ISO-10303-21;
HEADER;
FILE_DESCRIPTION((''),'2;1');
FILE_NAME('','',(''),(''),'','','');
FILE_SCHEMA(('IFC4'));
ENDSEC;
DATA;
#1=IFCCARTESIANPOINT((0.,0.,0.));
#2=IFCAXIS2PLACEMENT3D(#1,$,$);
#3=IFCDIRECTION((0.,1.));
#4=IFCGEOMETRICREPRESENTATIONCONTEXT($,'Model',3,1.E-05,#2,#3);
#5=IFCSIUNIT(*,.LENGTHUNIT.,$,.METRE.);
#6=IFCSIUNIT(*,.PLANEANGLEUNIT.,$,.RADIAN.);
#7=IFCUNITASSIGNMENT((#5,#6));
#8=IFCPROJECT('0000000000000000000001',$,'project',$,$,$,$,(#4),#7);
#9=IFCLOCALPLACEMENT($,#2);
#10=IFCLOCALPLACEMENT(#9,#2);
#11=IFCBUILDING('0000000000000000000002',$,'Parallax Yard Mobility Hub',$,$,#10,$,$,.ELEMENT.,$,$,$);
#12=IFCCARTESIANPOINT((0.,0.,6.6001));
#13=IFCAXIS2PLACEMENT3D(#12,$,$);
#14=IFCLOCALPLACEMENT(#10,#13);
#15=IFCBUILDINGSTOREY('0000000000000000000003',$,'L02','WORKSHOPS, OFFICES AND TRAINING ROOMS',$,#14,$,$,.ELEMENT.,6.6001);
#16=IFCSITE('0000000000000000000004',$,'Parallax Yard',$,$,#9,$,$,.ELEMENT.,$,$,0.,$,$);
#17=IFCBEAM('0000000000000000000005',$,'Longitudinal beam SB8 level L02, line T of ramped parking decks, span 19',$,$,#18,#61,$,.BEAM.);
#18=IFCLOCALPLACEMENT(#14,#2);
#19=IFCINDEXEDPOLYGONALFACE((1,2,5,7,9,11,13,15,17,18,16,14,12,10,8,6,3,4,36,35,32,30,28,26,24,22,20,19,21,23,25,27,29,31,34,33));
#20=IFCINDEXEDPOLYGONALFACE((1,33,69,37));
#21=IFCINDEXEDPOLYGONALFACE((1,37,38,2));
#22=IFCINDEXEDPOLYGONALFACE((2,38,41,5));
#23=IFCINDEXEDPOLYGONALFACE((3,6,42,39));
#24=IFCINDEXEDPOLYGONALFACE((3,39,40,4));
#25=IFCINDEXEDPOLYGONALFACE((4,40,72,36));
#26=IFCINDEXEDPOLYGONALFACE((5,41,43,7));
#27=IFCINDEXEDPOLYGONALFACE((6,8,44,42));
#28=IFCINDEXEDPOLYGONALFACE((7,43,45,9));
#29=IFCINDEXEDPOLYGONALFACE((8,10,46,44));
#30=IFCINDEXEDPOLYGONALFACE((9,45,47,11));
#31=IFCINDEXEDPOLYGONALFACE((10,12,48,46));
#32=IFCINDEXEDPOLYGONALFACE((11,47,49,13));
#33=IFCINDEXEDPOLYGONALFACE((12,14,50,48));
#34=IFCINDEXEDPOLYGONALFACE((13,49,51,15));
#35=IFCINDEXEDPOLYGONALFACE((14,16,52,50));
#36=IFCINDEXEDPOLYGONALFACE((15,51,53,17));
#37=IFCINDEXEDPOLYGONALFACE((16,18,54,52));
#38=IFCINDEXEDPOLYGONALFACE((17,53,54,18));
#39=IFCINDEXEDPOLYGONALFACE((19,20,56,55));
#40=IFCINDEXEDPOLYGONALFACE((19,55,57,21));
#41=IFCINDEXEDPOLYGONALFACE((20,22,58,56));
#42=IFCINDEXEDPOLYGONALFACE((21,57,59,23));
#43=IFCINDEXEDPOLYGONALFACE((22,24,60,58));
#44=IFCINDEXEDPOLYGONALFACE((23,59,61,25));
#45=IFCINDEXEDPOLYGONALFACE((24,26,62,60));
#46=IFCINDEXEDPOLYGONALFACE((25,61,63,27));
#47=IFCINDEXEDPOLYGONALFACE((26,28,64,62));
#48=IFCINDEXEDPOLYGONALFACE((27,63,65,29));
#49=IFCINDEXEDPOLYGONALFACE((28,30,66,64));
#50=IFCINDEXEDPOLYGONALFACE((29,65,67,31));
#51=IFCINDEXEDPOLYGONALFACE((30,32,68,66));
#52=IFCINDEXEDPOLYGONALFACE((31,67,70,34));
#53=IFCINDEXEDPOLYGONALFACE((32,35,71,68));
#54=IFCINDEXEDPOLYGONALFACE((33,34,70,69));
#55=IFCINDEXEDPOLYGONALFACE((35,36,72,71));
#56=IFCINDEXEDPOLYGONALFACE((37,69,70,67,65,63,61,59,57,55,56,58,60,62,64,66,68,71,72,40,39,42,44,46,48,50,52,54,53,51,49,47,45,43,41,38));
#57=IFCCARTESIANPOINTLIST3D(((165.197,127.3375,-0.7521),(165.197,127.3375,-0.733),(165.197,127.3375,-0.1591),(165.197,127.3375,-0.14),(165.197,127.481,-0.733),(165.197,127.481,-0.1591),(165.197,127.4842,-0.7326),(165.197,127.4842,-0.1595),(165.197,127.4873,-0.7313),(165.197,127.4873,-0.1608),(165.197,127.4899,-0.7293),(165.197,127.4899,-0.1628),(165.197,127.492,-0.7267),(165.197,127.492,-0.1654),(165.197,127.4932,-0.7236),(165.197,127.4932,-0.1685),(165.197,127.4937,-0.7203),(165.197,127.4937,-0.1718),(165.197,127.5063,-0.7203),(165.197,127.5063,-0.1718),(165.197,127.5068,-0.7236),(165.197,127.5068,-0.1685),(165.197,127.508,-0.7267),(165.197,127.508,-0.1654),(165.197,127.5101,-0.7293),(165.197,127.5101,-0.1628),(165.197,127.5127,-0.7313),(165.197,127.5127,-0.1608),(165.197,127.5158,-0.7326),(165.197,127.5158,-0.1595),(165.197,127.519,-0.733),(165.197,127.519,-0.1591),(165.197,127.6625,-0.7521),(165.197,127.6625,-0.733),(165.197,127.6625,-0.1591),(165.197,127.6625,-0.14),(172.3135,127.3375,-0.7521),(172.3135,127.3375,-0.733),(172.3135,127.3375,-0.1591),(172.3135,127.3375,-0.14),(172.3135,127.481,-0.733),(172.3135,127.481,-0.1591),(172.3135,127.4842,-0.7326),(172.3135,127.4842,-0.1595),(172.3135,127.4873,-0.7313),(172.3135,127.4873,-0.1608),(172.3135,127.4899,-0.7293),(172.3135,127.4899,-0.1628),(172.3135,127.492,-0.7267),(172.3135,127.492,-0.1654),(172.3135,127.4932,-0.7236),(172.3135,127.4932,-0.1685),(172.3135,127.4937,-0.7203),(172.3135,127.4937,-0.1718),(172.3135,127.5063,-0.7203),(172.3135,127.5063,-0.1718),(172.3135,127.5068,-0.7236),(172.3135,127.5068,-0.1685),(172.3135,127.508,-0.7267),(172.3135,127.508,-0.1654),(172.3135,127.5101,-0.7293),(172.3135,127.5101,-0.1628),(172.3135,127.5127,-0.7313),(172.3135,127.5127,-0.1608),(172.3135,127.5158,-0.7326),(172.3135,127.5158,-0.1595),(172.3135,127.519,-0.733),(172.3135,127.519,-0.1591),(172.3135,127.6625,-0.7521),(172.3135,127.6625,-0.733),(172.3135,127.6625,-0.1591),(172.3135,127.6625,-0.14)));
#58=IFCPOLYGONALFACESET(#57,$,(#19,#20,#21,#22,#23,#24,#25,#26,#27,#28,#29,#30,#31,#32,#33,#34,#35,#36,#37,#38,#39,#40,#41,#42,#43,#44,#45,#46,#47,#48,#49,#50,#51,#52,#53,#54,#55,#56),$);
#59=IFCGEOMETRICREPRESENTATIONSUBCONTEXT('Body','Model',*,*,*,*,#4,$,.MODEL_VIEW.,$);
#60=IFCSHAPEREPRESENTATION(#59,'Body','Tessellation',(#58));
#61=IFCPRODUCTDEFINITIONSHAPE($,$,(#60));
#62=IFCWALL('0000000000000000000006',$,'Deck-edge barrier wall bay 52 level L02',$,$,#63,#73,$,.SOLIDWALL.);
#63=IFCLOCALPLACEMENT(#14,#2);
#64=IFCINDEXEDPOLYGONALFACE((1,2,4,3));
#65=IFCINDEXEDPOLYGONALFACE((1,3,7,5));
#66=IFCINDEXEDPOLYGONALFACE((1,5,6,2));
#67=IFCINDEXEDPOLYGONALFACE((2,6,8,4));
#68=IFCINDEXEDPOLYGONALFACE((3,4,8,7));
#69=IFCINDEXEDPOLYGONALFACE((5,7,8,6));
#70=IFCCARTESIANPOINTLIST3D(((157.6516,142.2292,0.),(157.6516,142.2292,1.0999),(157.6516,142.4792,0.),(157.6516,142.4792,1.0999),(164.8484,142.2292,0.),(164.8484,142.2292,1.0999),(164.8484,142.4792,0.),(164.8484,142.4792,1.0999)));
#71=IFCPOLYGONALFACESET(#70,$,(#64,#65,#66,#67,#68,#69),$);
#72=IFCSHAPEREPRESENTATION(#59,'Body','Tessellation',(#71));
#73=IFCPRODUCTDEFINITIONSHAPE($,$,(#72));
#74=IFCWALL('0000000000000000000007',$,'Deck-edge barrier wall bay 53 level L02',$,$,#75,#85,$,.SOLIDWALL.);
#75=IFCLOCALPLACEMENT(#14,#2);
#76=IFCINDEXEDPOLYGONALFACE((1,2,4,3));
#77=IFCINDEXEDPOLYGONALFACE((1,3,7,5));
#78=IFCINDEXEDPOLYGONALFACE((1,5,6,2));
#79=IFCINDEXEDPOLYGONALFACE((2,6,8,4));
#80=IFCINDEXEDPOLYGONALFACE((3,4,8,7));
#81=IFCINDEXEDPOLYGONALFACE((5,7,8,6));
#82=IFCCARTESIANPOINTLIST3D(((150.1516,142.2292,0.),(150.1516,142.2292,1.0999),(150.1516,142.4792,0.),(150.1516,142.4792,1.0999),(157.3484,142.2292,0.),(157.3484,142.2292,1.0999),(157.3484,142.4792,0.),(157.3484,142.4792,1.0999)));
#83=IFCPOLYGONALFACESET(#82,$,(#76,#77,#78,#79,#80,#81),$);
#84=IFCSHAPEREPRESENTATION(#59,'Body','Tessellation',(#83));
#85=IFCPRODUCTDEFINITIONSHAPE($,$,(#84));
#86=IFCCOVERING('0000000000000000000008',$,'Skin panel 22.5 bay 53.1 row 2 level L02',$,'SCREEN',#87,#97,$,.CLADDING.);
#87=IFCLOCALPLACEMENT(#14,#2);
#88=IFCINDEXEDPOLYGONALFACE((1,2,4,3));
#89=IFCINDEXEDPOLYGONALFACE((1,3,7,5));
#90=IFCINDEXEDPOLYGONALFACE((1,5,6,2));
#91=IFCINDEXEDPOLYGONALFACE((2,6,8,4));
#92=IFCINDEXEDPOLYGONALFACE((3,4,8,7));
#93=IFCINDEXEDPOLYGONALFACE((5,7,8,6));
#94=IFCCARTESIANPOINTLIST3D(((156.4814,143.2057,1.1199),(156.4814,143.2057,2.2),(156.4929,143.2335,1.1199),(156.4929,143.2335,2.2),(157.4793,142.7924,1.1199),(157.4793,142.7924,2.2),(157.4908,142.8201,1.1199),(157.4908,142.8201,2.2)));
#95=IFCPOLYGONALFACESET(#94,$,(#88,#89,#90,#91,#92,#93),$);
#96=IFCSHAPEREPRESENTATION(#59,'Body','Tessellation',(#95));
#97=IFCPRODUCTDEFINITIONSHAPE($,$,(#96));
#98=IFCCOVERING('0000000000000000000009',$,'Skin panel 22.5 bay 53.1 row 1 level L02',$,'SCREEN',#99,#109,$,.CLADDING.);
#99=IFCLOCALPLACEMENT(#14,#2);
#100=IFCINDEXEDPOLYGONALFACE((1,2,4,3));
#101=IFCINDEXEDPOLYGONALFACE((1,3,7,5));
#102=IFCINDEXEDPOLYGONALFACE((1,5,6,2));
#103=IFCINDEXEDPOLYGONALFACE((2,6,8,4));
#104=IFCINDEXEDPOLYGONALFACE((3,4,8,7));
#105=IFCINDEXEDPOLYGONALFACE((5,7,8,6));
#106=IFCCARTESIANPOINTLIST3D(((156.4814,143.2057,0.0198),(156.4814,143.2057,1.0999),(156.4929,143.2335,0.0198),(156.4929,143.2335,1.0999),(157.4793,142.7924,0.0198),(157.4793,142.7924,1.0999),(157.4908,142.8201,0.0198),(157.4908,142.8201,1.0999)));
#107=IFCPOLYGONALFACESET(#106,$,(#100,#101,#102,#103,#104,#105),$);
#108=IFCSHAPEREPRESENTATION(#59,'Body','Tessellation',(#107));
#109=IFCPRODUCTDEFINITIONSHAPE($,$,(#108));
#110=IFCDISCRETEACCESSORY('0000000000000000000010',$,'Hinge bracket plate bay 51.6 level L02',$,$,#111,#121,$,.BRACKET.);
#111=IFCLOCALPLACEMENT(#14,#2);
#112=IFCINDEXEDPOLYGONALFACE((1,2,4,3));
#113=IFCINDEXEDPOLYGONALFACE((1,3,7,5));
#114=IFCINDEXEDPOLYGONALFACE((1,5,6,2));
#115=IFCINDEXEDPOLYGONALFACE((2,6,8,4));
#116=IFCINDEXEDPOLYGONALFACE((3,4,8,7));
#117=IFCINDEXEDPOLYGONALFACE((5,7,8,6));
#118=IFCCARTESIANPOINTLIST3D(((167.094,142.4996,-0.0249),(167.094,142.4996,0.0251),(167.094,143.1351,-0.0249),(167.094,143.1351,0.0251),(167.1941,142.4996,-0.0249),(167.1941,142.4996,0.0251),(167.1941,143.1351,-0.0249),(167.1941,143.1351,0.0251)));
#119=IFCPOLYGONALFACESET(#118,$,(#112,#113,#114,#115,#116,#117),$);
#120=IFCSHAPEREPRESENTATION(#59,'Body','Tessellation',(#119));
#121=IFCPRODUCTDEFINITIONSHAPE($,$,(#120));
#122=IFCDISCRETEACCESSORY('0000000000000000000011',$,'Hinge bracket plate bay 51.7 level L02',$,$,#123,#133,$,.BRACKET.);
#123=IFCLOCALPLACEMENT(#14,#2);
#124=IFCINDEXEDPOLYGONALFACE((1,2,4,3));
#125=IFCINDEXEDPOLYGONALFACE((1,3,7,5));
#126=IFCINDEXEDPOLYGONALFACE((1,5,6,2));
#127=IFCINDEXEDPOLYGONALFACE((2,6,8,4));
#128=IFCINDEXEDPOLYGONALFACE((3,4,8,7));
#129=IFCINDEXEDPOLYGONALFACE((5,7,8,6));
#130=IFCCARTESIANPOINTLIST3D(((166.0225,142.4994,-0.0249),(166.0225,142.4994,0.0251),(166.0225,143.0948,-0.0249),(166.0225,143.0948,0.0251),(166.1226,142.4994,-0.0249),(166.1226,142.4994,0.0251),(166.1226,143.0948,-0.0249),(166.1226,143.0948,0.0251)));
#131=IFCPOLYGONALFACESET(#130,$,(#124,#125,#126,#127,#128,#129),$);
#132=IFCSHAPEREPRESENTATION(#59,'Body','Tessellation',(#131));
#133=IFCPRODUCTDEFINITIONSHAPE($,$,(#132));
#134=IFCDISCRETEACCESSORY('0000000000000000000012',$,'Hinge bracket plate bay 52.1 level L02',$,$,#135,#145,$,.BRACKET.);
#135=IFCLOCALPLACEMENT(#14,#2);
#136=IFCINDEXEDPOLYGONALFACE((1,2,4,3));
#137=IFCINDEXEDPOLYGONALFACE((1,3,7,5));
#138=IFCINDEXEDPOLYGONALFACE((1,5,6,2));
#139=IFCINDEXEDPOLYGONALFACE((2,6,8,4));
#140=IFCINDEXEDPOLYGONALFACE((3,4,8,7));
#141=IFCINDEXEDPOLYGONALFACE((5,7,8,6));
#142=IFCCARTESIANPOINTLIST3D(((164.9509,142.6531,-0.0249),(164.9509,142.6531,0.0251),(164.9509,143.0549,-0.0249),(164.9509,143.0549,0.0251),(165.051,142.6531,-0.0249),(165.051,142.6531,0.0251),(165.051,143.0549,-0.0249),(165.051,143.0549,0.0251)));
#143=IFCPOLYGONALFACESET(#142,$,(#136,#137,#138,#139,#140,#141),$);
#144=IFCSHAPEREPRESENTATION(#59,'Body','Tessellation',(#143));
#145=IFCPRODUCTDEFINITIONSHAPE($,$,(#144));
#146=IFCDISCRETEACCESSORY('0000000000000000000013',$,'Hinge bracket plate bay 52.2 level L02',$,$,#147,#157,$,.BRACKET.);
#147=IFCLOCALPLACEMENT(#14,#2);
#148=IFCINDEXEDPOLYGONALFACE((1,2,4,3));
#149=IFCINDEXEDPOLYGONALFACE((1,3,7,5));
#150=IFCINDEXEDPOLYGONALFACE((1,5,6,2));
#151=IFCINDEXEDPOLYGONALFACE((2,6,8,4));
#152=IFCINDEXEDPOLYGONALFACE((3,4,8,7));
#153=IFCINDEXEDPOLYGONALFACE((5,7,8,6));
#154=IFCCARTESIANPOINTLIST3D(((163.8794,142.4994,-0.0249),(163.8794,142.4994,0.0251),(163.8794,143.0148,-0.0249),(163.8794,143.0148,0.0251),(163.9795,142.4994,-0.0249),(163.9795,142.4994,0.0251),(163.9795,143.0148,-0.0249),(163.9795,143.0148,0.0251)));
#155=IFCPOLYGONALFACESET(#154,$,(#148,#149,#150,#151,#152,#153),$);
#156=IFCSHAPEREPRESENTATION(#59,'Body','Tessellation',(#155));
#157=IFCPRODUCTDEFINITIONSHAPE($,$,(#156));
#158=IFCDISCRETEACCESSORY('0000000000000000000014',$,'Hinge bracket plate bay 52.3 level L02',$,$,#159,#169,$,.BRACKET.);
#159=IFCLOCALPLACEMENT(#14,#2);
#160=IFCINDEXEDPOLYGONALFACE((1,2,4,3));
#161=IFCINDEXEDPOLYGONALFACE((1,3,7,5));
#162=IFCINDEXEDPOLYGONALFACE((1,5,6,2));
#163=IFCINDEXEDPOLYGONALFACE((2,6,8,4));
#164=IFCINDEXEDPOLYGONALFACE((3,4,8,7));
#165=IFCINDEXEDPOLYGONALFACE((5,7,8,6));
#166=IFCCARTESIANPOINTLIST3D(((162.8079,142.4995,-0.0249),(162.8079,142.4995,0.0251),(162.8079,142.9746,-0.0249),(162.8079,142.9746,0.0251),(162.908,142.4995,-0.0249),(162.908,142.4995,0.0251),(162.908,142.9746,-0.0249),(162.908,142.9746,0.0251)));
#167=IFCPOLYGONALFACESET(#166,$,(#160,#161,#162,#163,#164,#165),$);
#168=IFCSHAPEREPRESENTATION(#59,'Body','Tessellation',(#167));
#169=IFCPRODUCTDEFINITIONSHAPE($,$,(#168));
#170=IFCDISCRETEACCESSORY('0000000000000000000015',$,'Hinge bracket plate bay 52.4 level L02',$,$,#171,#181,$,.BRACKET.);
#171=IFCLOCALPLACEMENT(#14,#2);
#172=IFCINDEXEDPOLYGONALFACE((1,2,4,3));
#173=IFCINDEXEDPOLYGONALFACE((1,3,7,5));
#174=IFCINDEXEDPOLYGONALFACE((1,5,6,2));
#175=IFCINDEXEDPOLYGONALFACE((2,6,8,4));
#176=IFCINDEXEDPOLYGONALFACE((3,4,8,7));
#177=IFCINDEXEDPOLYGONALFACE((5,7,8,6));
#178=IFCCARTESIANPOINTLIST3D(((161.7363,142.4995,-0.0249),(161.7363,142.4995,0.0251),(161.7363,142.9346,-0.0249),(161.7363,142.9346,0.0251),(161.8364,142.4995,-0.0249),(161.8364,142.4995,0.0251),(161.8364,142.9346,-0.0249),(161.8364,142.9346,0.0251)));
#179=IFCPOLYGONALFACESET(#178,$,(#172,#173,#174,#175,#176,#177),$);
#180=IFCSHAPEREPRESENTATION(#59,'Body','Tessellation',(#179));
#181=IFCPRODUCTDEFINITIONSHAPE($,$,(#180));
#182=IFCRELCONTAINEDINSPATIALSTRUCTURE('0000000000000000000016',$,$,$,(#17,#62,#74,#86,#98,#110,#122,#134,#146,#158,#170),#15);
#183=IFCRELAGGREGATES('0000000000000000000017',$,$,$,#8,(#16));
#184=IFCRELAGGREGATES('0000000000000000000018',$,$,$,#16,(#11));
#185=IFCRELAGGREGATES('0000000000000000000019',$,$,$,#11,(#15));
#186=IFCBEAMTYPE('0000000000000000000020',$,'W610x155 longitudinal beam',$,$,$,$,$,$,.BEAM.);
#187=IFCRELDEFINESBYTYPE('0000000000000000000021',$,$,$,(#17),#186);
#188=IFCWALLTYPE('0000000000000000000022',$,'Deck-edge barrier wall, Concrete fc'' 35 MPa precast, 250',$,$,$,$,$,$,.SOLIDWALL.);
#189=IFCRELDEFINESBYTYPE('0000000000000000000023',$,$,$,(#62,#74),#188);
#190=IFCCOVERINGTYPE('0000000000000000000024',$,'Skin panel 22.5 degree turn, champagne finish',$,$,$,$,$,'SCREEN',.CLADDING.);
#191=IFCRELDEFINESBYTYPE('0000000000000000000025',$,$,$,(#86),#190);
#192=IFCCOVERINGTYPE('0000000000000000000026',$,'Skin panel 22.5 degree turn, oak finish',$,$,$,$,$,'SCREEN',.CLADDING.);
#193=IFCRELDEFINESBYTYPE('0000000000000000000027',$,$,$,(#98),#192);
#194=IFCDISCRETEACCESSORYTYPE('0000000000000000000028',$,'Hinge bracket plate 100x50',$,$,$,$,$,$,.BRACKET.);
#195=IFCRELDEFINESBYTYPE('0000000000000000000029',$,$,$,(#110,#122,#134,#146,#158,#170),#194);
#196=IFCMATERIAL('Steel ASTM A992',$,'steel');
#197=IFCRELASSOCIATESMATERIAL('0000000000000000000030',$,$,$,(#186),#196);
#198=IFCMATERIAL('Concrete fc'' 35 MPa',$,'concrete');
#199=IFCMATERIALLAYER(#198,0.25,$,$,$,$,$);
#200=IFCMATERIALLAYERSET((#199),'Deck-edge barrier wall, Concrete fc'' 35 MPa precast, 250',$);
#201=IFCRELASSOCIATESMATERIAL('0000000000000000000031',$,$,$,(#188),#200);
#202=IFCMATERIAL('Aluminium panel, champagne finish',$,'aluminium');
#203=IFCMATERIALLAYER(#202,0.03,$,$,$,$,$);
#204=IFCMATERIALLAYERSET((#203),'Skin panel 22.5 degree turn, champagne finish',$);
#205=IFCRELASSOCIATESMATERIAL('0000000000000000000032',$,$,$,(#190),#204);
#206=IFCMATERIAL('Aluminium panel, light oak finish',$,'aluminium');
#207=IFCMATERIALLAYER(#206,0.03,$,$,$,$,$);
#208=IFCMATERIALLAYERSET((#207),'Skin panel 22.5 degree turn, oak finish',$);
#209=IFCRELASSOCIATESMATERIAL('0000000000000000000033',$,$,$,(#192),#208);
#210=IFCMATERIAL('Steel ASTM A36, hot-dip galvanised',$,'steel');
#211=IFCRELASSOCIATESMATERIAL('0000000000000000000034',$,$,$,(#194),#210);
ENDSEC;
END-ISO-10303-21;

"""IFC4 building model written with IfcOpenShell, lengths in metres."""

from ifc_helpers import new_model, si_unit, direction, frame, frame_2d, origin, origin_2d, place, context, subcontext, project, spatial, rectangle, i_section, extrude, material, layer, layer_set, material_profile, profile_set, type_object, element, save


model = new_model("IFC4")

# Units and contexts
model_context = context("Model", 3, precision=1e-05, world=origin(), true_north=direction((0.0, 1.0)))
body_context = subcontext(model_context, "Body", "Model", "MODEL_VIEW")
ifc_project = project(units=[si_unit("LENGTHUNIT", "METRE"), si_unit("PLANEANGLEUNIT", "RADIAN")], contexts=[model_context])

# Site, building, storey
site_placement = place(None, origin())
site = spatial("IfcSite", under=ifc_project, at=site_placement, Name="Parallax Yard", CompositionType="ELEMENT", RefElevation=0.0)
building_placement = place(site_placement, origin())
building = spatial("IfcBuilding", under=site, at=building_placement, Name="Parallax Yard Mobility Hub", CompositionType="ELEMENT")
storey_placement = place(building_placement, frame((0.0, 0.0, 6.6001)))
storey = spatial("IfcBuildingStorey", under=building, at=storey_placement, Name="L02", Description="WORKSHOPS, OFFICES AND TRAINING ROOMS", CompositionType="ELEMENT", Elevation=6.6001)

# Shared definitions
ifc_material_1 = material(Name="Steel ASTM A992", Category="steel")

# Beam
ifc_material_profile_1 = material_profile(ifc_material_1, i_section(OverallWidth=0.325, OverallDepth=0.6121, WebThickness=0.0127, FlangeThickness=0.019, FilletRadius=0.0127, at=origin_2d()), Name="W610x155")
ifc_profile_set_1 = profile_set([ifc_material_profile_1], Name="Steel ASTM A992")
beam_type_1 = type_object("IfcBeamType", Name="W610x155 longitudinal beam", PredefinedType="BEAM", material=ifc_profile_set_1)
beam_placement = place(storey_placement, frame((165.197, 127.5, -0.446), z_axis=(1.0, 0.0, 0.0), x_axis=(0.0, 1.0, 0.0)))
element("IfcBeam", 1, at=beam_placement, inside=storey, type_object=beam_type_1, Name="Longitudinal beam SB8 level L02, line T of ramped parking decks, span 19", PredefinedType="BEAM", context=body_context, shape_type="SweptSolid", body=[
    extrude(i_section(OverallWidth=0.325, OverallDepth=0.6121, WebThickness=0.0127, FlangeThickness=0.019, FilletRadius=0.0127, at=origin_2d()), origin(), (0.0, 0.0, 1.0), 7.1165),
])

# Walls
ifc_material_2 = material(Name="Concrete fc' 35 MPa", Category="concrete")
ifc_layer_1 = layer(ifc_material_2, 0.25)
ifc_layer_set_1 = layer_set([ifc_layer_1], Name="Deck-edge barrier wall, Concrete fc' 35 MPa precast, 250")
wall_type = type_object("IfcWallType", Name="Deck-edge barrier wall, Concrete fc' 35 MPa precast, 250", PredefinedType="SOLIDWALL", material=ifc_layer_set_1)
for number, where, z_axis, x_axis, name in (
    (2, (164.8484, 142.3542, 0.0), (0.0, 0.0, 1.0), (-1.0, 0.0, 0.0), "Deck-edge barrier wall bay 52 level L02"),
    (3, (157.3484, 142.3542, 0.0), (0.0, 0.0, 1.0), (-1.0, 0.0, 0.0), "Deck-edge barrier wall bay 53 level L02"),
):
    element("IfcWall", number, at=place(storey_placement, frame(where, z_axis=z_axis, x_axis=x_axis)), inside=storey, type_object=wall_type, Name=name, PredefinedType="SOLIDWALL", context=body_context, shape_type="SweptSolid", body=[
        extrude(rectangle(XDim=7.1968, YDim=0.25, at=frame_2d((3.5984, 0.0))), origin(), (0.0, 0.0, 1.0), 1.0999),
    ])

# Coverings
ifc_material_3 = material(Name="Aluminium panel, champagne finish", Category="aluminium")
ifc_layer_2 = layer(ifc_material_3, 0.03)
ifc_layer_set_2 = layer_set([ifc_layer_2], Name="Skin panel 22.5 degree turn, champagne finish")
covering_type_1 = type_object("IfcCoveringType", Name="Skin panel 22.5 degree turn, champagne finish", ElementType="SCREEN", PredefinedType="CLADDING", material=ifc_layer_set_2)
covering_1_placement = place(storey_placement, frame((156.9861, 143.0129, 1.1199), z_axis=(0.0, 0.0, 1.0), x_axis=(-0.92388, 0.382683, 0.0)))
element("IfcCovering", 4, at=covering_1_placement, inside=storey, type_object=covering_type_1, Name="Skin panel 22.5 bay 53.1 row 2 level L02", ObjectType="SCREEN", PredefinedType="CLADDING", context=body_context, shape_type="SweptSolid", body=[
    extrude(rectangle(XDim=1.0801, YDim=0.03, at=origin_2d()), origin(), (0.0, 0.0, 1.0), 1.0801),
])
ifc_material_4 = material(Name="Aluminium panel, light oak finish", Category="aluminium")
ifc_layer_3 = layer(ifc_material_4, 0.03)
ifc_layer_set_3 = layer_set([ifc_layer_3], Name="Skin panel 22.5 degree turn, oak finish")
covering_type_2 = type_object("IfcCoveringType", Name="Skin panel 22.5 degree turn, oak finish", ElementType="SCREEN", PredefinedType="CLADDING", material=ifc_layer_set_3)
covering_2_placement = place(storey_placement, frame((156.9861, 143.0129, 0.0198), z_axis=(0.0, 0.0, 1.0), x_axis=(-0.92388, 0.382683, 0.0)))
element("IfcCovering", 5, at=covering_2_placement, inside=storey, type_object=covering_type_2, Name="Skin panel 22.5 bay 53.1 row 1 level L02", ObjectType="SCREEN", PredefinedType="CLADDING", context=body_context, shape_type="SweptSolid", body=[
    extrude(rectangle(XDim=1.0801, YDim=0.03, at=origin_2d()), origin(), (0.0, 0.0, 1.0), 1.0801),
])

# Discrete accessories
ifc_material_5 = material(Name="Steel ASTM A36, hot-dip galvanised", Category="steel")
discrete_accessory_type_1 = type_object("IfcDiscreteAccessoryType", Name="Hinge bracket plate 100x50", PredefinedType="BRACKET", material=ifc_material_5)
discrete_accessory_1_placement = place(storey_placement, frame((167.144, 142.8174, -0.0249), z_axis=(0.0, 0.0, 1.0), x_axis=(0.0, 1.0, 0.0)))
element("IfcDiscreteAccessory", 6, at=discrete_accessory_1_placement, inside=storey, type_object=discrete_accessory_type_1, Name="Hinge bracket plate bay 51.6 level L02", PredefinedType="BRACKET", context=body_context, shape_type="SweptSolid", body=[
    extrude(rectangle(XDim=0.6355, YDim=0.1001, at=origin_2d()), origin(), (0.0, 0.0, 1.0), 0.05),
])
discrete_accessory_2_placement = place(storey_placement, frame((166.0725, 142.7971, -0.0249), z_axis=(0.0, 0.0, 1.0), x_axis=(0.0, 1.0, 0.0)))
element("IfcDiscreteAccessory", 7, at=discrete_accessory_2_placement, inside=storey, type_object=discrete_accessory_type_1, Name="Hinge bracket plate bay 51.7 level L02", PredefinedType="BRACKET", context=body_context, shape_type="SweptSolid", body=[
    extrude(rectangle(XDim=0.5955, YDim=0.1001, at=origin_2d()), origin(), (0.0, 0.0, 1.0), 0.05),
])
discrete_accessory_3_placement = place(storey_placement, frame((165.001, 142.854, -0.0249), z_axis=(0.0, 0.0, 1.0), x_axis=(0.0, 1.0, 0.0)))
element("IfcDiscreteAccessory", 8, at=discrete_accessory_3_placement, inside=storey, type_object=discrete_accessory_type_1, Name="Hinge bracket plate bay 52.1 level L02", PredefinedType="BRACKET", context=body_context, shape_type="SweptSolid", body=[
    extrude(rectangle(XDim=0.4019, YDim=0.1001, at=origin_2d()), origin(), (0.0, 0.0, 1.0), 0.05),
])
discrete_accessory_4_placement = place(storey_placement, frame((163.9294, 142.7571, -0.0249), z_axis=(0.0, 0.0, 1.0), x_axis=(0.0, 1.0, 0.0)))
element("IfcDiscreteAccessory", 9, at=discrete_accessory_4_placement, inside=storey, type_object=discrete_accessory_type_1, Name="Hinge bracket plate bay 52.2 level L02", PredefinedType="BRACKET", context=body_context, shape_type="SweptSolid", body=[
    extrude(rectangle(XDim=0.5154, YDim=0.1001, at=origin_2d()), origin(), (0.0, 0.0, 1.0), 0.05),
])
discrete_accessory_5_placement = place(storey_placement, frame((162.8579, 142.7371, -0.0249), z_axis=(0.0, 0.0, 1.0), x_axis=(0.0, 1.0, 0.0)))
element("IfcDiscreteAccessory", 10, at=discrete_accessory_5_placement, inside=storey, type_object=discrete_accessory_type_1, Name="Hinge bracket plate bay 52.3 level L02", PredefinedType="BRACKET", context=body_context, shape_type="SweptSolid", body=[
    extrude(rectangle(XDim=0.4751, YDim=0.1001, at=origin_2d()), origin(), (0.0, 0.0, 1.0), 0.05),
])
discrete_accessory_6_placement = place(storey_placement, frame((161.7864, 142.717, -0.0249), z_axis=(0.0, 0.0, 1.0), x_axis=(0.0, 1.0, 0.0)))
element("IfcDiscreteAccessory", 11, at=discrete_accessory_6_placement, inside=storey, type_object=discrete_accessory_type_1, Name="Hinge bracket plate bay 52.4 level L02", PredefinedType="BRACKET", context=body_context, shape_type="SweptSolid", body=[
    extrude(rectangle(XDim=0.4351, YDim=0.1001, at=origin_2d()), origin(), (0.0, 0.0, 1.0), 0.05),
])

save(model, "model.ifc")
